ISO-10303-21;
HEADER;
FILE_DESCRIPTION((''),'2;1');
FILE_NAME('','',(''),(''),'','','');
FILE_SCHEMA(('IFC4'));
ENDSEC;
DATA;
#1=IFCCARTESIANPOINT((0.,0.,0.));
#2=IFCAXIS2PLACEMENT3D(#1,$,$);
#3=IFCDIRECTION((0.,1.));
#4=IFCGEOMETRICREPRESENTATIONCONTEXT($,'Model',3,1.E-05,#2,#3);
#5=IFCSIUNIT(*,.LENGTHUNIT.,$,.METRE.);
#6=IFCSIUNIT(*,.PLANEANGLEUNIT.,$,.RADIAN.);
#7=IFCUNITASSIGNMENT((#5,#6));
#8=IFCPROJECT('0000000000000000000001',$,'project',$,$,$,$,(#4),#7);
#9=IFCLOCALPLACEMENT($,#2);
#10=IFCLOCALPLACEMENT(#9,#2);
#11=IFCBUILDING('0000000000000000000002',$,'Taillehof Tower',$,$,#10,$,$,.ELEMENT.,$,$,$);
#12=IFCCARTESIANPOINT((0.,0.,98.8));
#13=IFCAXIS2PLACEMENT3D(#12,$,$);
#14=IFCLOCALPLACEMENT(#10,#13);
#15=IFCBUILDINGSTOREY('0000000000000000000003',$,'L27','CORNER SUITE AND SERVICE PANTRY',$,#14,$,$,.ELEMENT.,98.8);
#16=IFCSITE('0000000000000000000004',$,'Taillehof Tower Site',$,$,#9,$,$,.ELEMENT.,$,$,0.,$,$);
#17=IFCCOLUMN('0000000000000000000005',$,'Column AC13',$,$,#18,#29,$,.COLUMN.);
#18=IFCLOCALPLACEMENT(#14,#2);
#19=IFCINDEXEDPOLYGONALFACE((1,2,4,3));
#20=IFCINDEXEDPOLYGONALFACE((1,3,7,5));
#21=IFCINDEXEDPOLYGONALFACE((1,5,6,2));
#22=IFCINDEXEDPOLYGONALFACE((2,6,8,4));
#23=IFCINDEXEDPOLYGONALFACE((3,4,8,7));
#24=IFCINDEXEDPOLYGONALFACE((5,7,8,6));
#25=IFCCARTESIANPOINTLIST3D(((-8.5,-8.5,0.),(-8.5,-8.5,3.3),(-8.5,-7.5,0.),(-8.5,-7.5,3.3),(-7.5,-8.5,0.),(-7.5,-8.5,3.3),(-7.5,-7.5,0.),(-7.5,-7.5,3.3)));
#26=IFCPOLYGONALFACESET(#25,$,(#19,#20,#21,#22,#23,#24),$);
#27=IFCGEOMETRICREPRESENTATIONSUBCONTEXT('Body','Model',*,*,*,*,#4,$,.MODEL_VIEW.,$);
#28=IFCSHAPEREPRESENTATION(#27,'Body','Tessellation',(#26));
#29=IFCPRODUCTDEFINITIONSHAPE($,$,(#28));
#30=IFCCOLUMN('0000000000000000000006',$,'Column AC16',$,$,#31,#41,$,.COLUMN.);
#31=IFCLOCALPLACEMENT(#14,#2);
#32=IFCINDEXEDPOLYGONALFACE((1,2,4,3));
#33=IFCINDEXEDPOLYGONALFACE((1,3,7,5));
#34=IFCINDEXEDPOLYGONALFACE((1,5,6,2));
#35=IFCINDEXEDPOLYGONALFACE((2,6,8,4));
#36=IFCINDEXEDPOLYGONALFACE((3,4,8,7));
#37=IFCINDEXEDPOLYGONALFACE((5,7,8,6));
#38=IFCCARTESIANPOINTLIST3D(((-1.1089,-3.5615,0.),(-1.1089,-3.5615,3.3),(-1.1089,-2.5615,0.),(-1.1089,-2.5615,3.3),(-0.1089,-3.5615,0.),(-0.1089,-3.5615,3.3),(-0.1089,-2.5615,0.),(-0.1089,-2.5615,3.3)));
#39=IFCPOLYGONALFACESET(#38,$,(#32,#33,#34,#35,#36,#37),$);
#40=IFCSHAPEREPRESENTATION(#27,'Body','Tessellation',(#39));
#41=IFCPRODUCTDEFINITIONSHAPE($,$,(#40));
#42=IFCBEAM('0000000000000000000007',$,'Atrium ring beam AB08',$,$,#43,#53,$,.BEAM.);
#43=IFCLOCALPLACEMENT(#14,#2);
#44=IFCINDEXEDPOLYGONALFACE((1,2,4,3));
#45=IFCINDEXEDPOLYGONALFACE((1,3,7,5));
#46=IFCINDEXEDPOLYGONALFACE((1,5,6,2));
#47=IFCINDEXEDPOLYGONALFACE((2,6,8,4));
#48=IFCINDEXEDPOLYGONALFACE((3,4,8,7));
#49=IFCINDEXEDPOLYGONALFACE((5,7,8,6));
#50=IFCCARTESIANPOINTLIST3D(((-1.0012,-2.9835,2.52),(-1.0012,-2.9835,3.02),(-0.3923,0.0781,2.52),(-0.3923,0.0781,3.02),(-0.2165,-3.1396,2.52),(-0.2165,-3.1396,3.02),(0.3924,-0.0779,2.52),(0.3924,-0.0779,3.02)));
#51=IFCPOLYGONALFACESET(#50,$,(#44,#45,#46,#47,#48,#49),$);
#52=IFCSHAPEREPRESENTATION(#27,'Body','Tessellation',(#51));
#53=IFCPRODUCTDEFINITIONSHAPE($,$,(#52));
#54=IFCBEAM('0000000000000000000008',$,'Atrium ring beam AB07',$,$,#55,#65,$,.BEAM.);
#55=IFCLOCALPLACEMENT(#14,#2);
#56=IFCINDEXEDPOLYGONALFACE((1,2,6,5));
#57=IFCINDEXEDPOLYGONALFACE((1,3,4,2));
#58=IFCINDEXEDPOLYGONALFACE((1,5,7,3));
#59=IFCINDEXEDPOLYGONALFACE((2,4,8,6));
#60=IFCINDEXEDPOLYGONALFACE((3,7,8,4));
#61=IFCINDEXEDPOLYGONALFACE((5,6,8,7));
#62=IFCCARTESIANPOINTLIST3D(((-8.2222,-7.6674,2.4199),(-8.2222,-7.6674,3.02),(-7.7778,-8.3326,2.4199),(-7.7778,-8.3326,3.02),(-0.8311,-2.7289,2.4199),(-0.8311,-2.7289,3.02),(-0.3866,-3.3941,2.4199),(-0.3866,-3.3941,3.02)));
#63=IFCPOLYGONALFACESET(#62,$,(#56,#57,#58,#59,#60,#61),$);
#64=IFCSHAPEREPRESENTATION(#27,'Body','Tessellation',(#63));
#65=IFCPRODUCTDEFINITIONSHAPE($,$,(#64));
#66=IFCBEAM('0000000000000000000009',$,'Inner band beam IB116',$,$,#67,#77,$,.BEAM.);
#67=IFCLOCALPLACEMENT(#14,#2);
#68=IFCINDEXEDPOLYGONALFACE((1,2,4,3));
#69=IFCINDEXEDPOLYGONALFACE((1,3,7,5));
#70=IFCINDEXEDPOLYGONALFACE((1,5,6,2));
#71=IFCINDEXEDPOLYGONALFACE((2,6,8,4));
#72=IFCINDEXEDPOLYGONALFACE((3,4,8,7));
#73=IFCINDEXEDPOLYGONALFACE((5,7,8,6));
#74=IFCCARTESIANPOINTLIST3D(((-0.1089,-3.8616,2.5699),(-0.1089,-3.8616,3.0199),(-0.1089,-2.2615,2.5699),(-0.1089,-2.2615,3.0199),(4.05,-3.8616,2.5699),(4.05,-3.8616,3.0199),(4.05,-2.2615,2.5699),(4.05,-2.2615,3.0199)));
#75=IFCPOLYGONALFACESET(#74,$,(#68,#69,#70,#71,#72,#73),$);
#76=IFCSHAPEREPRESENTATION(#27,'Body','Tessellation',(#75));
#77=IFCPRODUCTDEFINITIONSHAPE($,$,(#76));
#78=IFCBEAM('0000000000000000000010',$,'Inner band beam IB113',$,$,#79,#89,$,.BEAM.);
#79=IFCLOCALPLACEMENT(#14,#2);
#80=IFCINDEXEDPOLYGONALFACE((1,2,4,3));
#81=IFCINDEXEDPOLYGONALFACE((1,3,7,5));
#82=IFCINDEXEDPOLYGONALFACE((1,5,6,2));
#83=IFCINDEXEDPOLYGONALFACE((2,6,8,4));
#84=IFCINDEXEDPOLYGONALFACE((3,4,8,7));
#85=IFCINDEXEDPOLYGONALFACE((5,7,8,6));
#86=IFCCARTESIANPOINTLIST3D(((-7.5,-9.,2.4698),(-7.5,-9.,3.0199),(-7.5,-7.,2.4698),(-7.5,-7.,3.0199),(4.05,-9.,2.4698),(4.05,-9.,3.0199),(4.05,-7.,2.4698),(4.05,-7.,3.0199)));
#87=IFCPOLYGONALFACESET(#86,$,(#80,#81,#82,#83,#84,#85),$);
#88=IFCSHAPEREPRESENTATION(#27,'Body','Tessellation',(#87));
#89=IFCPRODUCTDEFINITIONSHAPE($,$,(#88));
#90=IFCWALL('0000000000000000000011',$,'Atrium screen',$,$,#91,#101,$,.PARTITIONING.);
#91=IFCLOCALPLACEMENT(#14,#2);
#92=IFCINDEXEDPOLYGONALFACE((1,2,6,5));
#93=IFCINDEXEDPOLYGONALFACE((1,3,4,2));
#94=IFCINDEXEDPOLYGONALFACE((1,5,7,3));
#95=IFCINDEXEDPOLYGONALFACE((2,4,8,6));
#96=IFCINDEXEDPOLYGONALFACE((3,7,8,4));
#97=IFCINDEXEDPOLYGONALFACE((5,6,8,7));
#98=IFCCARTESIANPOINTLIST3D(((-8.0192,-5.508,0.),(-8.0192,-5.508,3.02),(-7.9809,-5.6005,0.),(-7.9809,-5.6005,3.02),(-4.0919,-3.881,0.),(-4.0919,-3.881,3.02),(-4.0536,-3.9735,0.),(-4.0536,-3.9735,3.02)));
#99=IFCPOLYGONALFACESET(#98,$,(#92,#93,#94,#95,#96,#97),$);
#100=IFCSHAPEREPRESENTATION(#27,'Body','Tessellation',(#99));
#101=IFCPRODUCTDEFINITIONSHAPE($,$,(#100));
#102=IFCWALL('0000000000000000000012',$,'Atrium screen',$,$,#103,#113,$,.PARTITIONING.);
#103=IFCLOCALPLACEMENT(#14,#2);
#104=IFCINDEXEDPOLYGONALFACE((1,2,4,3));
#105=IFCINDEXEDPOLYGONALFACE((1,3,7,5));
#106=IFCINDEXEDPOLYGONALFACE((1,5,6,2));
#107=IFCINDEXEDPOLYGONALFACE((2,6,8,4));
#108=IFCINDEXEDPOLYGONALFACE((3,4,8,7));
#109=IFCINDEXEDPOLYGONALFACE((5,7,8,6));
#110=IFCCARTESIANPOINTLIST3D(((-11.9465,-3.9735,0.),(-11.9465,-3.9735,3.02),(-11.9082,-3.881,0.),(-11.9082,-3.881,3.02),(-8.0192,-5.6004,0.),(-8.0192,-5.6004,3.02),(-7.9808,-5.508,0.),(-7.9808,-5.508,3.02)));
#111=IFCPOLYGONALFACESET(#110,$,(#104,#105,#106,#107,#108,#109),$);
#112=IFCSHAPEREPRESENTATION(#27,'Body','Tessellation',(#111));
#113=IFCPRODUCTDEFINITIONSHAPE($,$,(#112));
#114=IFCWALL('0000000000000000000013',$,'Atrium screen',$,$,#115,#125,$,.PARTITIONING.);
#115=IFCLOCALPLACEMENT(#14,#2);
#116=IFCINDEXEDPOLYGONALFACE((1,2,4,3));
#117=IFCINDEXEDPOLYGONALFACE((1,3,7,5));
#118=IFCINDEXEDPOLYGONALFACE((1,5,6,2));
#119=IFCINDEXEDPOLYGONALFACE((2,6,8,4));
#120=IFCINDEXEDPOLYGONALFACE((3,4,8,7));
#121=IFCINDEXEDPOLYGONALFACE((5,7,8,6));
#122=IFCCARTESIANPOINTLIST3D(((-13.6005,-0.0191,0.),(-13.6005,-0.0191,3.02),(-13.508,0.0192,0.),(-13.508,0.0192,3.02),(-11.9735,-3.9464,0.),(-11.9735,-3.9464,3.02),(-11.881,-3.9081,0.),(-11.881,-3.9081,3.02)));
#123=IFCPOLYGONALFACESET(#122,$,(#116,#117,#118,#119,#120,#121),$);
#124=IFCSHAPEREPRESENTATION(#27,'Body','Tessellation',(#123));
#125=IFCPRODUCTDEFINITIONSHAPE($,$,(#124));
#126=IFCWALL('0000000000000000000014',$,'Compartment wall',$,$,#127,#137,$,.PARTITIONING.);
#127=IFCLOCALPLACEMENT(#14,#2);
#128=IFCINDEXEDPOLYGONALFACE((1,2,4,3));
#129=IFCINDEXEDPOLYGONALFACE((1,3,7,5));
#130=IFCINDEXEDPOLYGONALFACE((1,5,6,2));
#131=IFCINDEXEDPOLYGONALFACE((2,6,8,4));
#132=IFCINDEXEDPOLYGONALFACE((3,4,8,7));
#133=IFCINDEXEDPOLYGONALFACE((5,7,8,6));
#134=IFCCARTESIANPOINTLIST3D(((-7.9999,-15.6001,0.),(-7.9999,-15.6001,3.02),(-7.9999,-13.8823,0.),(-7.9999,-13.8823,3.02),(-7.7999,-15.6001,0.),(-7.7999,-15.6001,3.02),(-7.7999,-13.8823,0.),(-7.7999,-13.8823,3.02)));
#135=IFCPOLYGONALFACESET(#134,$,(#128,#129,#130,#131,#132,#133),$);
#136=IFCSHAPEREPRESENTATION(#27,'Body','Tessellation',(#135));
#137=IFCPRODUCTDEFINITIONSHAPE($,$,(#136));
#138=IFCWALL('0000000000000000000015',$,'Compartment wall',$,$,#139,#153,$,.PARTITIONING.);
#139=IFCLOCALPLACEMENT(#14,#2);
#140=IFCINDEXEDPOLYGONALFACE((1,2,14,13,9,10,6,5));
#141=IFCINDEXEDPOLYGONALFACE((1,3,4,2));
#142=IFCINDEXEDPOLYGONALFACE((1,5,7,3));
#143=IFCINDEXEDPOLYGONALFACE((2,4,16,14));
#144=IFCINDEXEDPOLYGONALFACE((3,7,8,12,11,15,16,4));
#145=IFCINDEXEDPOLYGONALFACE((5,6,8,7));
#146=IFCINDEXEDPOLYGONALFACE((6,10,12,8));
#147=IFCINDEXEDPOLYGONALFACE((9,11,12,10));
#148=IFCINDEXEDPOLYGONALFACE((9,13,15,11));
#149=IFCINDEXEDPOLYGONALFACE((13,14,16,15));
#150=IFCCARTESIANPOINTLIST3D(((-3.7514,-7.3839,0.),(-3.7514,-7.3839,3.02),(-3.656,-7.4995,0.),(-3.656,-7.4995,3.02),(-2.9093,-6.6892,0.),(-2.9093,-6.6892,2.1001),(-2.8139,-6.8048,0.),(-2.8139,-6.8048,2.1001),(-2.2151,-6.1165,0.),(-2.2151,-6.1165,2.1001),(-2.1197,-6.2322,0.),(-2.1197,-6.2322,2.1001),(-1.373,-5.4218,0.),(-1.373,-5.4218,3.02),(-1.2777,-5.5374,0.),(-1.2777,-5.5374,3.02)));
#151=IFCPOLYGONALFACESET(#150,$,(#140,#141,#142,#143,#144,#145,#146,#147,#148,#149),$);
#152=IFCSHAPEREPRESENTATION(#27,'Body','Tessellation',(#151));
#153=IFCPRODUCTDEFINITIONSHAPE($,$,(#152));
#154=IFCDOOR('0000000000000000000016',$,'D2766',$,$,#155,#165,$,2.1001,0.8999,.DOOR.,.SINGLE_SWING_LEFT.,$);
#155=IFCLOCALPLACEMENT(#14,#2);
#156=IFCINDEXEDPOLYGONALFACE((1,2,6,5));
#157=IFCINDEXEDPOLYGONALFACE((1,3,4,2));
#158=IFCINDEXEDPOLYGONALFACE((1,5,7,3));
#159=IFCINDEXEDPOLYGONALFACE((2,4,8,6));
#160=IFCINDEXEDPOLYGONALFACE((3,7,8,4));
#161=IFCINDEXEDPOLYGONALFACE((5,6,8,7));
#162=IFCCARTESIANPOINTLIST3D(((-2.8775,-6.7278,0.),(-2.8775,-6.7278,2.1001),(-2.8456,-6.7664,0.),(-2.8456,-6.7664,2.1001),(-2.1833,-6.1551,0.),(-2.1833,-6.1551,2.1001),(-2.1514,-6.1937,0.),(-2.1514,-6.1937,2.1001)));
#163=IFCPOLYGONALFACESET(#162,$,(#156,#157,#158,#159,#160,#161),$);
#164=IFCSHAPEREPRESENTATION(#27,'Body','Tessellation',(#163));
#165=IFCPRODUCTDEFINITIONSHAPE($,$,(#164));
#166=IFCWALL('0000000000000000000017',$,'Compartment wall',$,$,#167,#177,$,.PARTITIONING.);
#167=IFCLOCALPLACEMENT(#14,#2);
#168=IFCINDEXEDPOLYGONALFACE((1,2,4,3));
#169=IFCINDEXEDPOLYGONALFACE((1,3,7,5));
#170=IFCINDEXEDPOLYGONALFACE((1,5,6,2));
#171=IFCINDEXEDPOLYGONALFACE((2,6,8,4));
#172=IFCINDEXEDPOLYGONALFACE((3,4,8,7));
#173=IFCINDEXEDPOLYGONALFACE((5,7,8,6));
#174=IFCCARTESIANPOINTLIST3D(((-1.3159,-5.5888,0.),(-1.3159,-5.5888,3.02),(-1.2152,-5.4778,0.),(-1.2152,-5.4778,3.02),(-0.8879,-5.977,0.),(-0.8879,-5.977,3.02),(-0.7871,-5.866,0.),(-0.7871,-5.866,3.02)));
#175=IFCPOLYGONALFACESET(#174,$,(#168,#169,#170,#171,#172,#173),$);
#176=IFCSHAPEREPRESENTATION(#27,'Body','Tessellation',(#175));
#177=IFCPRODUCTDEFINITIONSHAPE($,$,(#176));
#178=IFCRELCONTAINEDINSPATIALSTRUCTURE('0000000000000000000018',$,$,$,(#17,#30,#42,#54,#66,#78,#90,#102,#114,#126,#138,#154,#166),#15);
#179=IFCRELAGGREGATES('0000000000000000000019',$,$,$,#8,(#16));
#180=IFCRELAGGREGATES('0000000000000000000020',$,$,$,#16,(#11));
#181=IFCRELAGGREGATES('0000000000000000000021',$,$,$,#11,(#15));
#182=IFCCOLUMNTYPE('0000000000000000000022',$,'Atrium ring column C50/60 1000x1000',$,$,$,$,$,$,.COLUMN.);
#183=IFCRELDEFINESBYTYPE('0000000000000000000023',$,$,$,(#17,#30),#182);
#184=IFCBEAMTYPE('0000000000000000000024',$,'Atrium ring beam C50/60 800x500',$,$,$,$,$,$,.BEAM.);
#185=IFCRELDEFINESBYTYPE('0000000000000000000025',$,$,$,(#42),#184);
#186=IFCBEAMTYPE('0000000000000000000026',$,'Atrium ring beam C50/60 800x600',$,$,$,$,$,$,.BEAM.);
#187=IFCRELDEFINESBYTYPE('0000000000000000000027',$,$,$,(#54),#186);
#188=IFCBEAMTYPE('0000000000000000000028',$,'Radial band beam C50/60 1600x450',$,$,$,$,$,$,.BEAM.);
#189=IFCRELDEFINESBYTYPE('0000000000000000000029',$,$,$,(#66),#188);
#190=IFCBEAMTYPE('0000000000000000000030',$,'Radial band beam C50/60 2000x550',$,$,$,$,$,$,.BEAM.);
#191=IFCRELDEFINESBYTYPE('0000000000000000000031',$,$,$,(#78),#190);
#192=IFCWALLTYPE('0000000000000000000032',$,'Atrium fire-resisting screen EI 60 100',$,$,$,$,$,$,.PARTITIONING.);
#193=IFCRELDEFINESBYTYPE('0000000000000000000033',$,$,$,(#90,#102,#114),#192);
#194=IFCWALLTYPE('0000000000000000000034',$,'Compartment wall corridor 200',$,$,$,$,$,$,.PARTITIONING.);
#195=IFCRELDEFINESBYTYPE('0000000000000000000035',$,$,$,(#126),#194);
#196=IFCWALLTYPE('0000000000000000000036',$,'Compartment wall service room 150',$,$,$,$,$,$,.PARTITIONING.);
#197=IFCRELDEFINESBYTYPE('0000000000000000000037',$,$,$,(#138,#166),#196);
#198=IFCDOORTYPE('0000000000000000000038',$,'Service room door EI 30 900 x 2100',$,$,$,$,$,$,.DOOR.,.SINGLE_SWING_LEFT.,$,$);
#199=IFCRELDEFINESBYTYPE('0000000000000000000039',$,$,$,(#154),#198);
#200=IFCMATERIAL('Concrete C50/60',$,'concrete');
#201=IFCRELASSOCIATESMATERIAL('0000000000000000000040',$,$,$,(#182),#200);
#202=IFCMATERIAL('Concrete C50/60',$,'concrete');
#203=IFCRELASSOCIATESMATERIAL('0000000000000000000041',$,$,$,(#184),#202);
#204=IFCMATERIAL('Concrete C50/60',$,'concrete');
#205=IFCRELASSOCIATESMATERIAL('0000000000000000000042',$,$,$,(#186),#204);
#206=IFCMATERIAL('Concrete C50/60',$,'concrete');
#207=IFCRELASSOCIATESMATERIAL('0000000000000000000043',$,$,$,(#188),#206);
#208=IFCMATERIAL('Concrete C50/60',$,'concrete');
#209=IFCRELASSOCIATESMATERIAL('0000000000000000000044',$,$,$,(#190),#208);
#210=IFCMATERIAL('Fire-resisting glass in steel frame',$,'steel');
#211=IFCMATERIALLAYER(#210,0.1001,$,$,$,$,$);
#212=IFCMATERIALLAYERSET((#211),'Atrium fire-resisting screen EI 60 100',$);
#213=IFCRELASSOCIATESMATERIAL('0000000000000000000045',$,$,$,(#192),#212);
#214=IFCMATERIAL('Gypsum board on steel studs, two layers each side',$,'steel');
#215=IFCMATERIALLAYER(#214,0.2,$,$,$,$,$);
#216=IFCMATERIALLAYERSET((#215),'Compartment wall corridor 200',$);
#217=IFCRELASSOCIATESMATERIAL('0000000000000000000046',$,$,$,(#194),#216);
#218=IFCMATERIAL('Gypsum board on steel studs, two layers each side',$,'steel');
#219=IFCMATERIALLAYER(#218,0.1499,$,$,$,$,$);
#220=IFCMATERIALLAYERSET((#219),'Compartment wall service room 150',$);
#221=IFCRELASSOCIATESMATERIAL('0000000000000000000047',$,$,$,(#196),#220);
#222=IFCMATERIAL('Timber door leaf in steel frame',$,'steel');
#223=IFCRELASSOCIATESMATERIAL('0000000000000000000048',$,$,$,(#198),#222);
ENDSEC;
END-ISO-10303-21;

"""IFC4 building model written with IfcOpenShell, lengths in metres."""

from ifc_helpers import new_model, si_unit, direction, frame, frame_2d, origin, origin_2d, place, context, subcontext, project, spatial, rectangle, extrude, material, layer, layer_set, material_profile, profile_set, type_object, element, fill, save


model = new_model("IFC4")

# Units and contexts
model_context = context("Model", 3, precision=1e-05, world=origin(), true_north=direction((0.0, 1.0)))
body_context = subcontext(model_context, "Body", "Model", "MODEL_VIEW")
ifc_project = project(units=[si_unit("LENGTHUNIT", "METRE"), si_unit("PLANEANGLEUNIT", "RADIAN")], contexts=[model_context])

# Site, building, storey
site_placement = place(None, origin())
site = spatial("IfcSite", under=ifc_project, at=site_placement, Name="Taillehof Tower Site", CompositionType="ELEMENT", RefElevation=0.0)
building_placement = place(site_placement, origin())
building = spatial("IfcBuilding", under=site, at=building_placement, Name="Taillehof Tower", CompositionType="ELEMENT")
storey_placement = place(building_placement, frame((0.0, 0.0, 98.8)))
storey = spatial("IfcBuildingStorey", under=building, at=storey_placement, Name="L27", Description="CORNER SUITE AND SERVICE PANTRY", CompositionType="ELEMENT", Elevation=98.8)

# Columns
ifc_material_1 = material(Name="Concrete C50/60", Category="concrete")
ifc_material_profile_1 = material_profile(ifc_material_1, rectangle(XDim=1.0, YDim=1.0, at=origin_2d()), Name="RC 1000x1000")
ifc_profile_set_1 = profile_set([ifc_material_profile_1], Name="Concrete C50/60")
column_type = type_object("IfcColumnType", Name="Atrium ring column C50/60 1000x1000", PredefinedType="COLUMN", material=ifc_profile_set_1)
for number, where, z_axis, x_axis, name in (
    (1, (-8.0, -8.0, 0.0), (0.0, 0.0, 1.0), (1.0, 0.0, 0.0), "Column AC13"),
    (2, (-0.6089, -3.0615, 0.0), (0.0, 0.0, 1.0), (1.0, 0.0, 0.0), "Column AC16"),
):
    element("IfcColumn", number, at=place(storey_placement, frame(where, z_axis=z_axis, x_axis=x_axis)), inside=storey, type_object=column_type, Name=name, PredefinedType="COLUMN", context=body_context, shape_type="SweptSolid", body=[
        extrude(rectangle(XDim=1.0, YDim=1.0, at=origin_2d()), origin(), (0.0, 0.0, 1.0), 3.3),
    ])

# Beams
ifc_material_2 = material(Name="Concrete C50/60", Category="concrete")
ifc_material_profile_2 = material_profile(ifc_material_2, rectangle(XDim=0.8, YDim=0.5, at=origin_2d()), Name="RC 800x500")
ifc_profile_set_2 = profile_set([ifc_material_profile_2], Name="Concrete C50/60")
beam_type_1 = type_object("IfcBeamType", Name="Atrium ring beam C50/60 800x500", PredefinedType="BEAM", material=ifc_profile_set_2)
beam_1_placement = place(storey_placement, frame((-0.6089, -3.0615, 2.77), z_axis=(0.195063, 0.980791, 0.0), x_axis=(-0.980791, 0.195063, 0.0)))
element("IfcBeam", 3, at=beam_1_placement, inside=storey, type_object=beam_type_1, Name="Atrium ring beam AB08", PredefinedType="BEAM", context=body_context, shape_type="SweptSolid", body=[
    extrude(rectangle(XDim=0.8, YDim=0.5, at=origin_2d()), origin(), (0.0, 0.0, 1.0), 3.1216),
])
ifc_material_3 = material(Name="Concrete C50/60", Category="concrete")
ifc_material_profile_3 = material_profile(ifc_material_3, rectangle(XDim=0.8, YDim=0.6001, at=origin_2d()), Name="RC 800x600")
ifc_profile_set_3 = profile_set([ifc_material_profile_3], Name="Concrete C50/60")
beam_type_2 = type_object("IfcBeamType", Name="Atrium ring beam C50/60 800x600", PredefinedType="BEAM", material=ifc_profile_set_3)
beam_2_placement = place(storey_placement, frame((-8.0, -8.0, 2.72), z_axis=(0.831475, 0.555562, 0.0), x_axis=(-0.555562, 0.831475, 0.0)))
element("IfcBeam", 4, at=beam_2_placement, inside=storey, type_object=beam_type_2, Name="Atrium ring beam AB07", PredefinedType="BEAM", context=body_context, shape_type="SweptSolid", body=[
    extrude(rectangle(XDim=0.8, YDim=0.6001, at=origin_2d()), origin(), (0.0, 0.0, 1.0), 8.8892),
])
ifc_material_4 = material(Name="Concrete C50/60", Category="concrete")
ifc_material_profile_4 = material_profile(ifc_material_4, rectangle(XDim=1.6001, YDim=0.45, at=origin_2d()), Name="RC 1600x450")
ifc_profile_set_4 = profile_set([ifc_material_profile_4], Name="Concrete C50/60")
beam_type_3 = type_object("IfcBeamType", Name="Radial band beam C50/60 1600x450", PredefinedType="BEAM", material=ifc_profile_set_4)
beam_3_placement = place(storey_placement, frame((-0.1089, -3.0615, 2.7949), z_axis=(1.0, 0.0, 0.0), x_axis=(0.0, 1.0, 0.0)))
element("IfcBeam", 5, at=beam_3_placement, inside=storey, type_object=beam_type_3, Name="Inner band beam IB116", PredefinedType="BEAM", context=body_context, shape_type="SweptSolid", body=[
    extrude(rectangle(XDim=1.6001, YDim=0.45, at=origin_2d()), origin(), (0.0, 0.0, 1.0), 4.1589),
])
ifc_material_5 = material(Name="Concrete C50/60", Category="concrete")
ifc_material_profile_5 = material_profile(ifc_material_5, rectangle(XDim=2.0, YDim=0.55, at=origin_2d()), Name="RC 2000x550")
ifc_profile_set_5 = profile_set([ifc_material_profile_5], Name="Concrete C50/60")
beam_type_4 = type_object("IfcBeamType", Name="Radial band beam C50/60 2000x550", PredefinedType="BEAM", material=ifc_profile_set_5)
beam_4_placement = place(storey_placement, frame((-7.5, -8.0, 2.7449), z_axis=(1.0, 0.0, 0.0), x_axis=(0.0, 1.0, 0.0)))
element("IfcBeam", 6, at=beam_4_placement, inside=storey, type_object=beam_type_4, Name="Inner band beam IB113", PredefinedType="BEAM", context=body_context, shape_type="SweptSolid", body=[
    extrude(rectangle(XDim=2.0, YDim=0.55, at=origin_2d()), origin(), (0.0, 0.0, 1.0), 11.55),
])

# Walls
ifc_material_6 = material(Name="Fire-resisting glass in steel frame", Category="steel")
ifc_layer_1 = layer(ifc_material_6, 0.1001)
ifc_layer_set_1 = layer_set([ifc_layer_1], Name="Atrium fire-resisting screen EI 60 100")
wall_type_1 = type_object("IfcWallType", Name="Atrium fire-resisting screen EI 60 100", PredefinedType="PARTITIONING", material=ifc_layer_set_1)
for number, where, z_axis, x_axis, name in (
    (7, (-4.0728, -3.9272, 0.0), (0.0, 0.0, 1.0), (-0.92386, -0.382731, 0.0), "Atrium screen"),
    (8, (-8.0, -5.5542, 0.0), (0.0, 0.0, 1.0), (-0.92386, 0.382731, 0.0), "Atrium screen"),
    (9, (-11.9272, -3.9272, 0.0), (0.0, 0.0, 1.0), (-0.382731, 0.92386, 0.0), "Atrium screen"),
):
    element("IfcWall", number, at=place(storey_placement, frame(where, z_axis=z_axis, x_axis=x_axis)), inside=storey, type_object=wall_type_1, Name=name, PredefinedType="PARTITIONING", context=body_context, shape_type="SweptSolid", body=[
        extrude(rectangle(XDim=4.251, YDim=0.1001, at=frame_2d((2.1255, 0.0))), origin(), (0.0, 0.0, 1.0), 3.02),
    ])
ifc_material_7 = material(Name="Gypsum board on steel studs, two layers each side", Category="steel")
ifc_layer_2 = layer(ifc_material_7, 0.2)
ifc_layer_set_2 = layer_set([ifc_layer_2], Name="Compartment wall corridor 200")
wall_type_2 = type_object("IfcWallType", Name="Compartment wall corridor 200", PredefinedType="PARTITIONING", material=ifc_layer_set_2)
wall_1_placement = place(storey_placement, frame((-7.8999, -13.8823, 0.0), z_axis=(0.0, 0.0, 1.0), x_axis=(0.0, -1.0, 0.0)))
element("IfcWall", 10, at=wall_1_placement, inside=storey, type_object=wall_type_2, Name="Compartment wall", PredefinedType="PARTITIONING", context=body_context, shape_type="SweptSolid", body=[
    extrude(rectangle(XDim=1.7178, YDim=0.2, at=frame_2d((0.8589, 0.0))), origin(), (0.0, 0.0, 1.0), 3.02),
])

# Wall, opening, door
ifc_material_8 = material(Name="Gypsum board on steel studs, two layers each side", Category="steel")
ifc_layer_3 = layer(ifc_material_8, 0.1499)
ifc_layer_set_3 = layer_set([ifc_layer_3], Name="Compartment wall service room 150")
wall_type_3 = type_object("IfcWallType", Name="Compartment wall service room 150", PredefinedType="PARTITIONING", material=ifc_layer_set_3)
wall_2_placement = place(storey_placement, frame((-3.7036, -7.4417, 0.0), z_axis=(0.0, 0.0, 1.0), x_axis=(0.771379, 0.636376, 0.0)))
wall_2 = element("IfcWall", 11, at=wall_2_placement, inside=storey, type_object=wall_type_3, Name="Compartment wall", PredefinedType="PARTITIONING", context=body_context, shape_type="SweptSolid", body=[
    extrude(rectangle(XDim=3.0833, YDim=0.1499, at=frame_2d((1.5415, 0.0))), origin(), (0.0, 0.0, 1.0), 3.02),
])
opening_1_placement = place(wall_2_placement, frame((1.0916, 0.0, 0.0)))
opening_1 = element("IfcOpeningElement", 12, at=opening_1_placement, cuts=wall_2, PredefinedType="OPENING", context=body_context, shape_type="SweptSolid", body=[
    extrude(rectangle(XDim=0.8999, YDim=2.1001, at=frame_2d((0.45, 1.05))), frame((0.0, 0.085, 0.0), z_axis=(0.0, -1.0, 0.0), x_axis=(1.0, 0.0, 0.0)), (0.0, 0.0, 1.0), 0.1699),
])
ifc_material_9 = material(Name="Timber door leaf in steel frame", Category="steel")
door_type_1 = type_object("IfcDoorType", Name="Service room door EI 30 900 x 2100", OperationType="SINGLE_SWING_LEFT", PredefinedType="DOOR", material=ifc_material_9)
door_1_placement = place(opening_1_placement, origin())
door_1 = element("IfcDoor", 13, at=door_1_placement, inside=storey, type_object=door_type_1, Name="D2766", OperationType="SINGLE_SWING_LEFT", OverallHeight=2.1001, OverallWidth=0.8999, PredefinedType="DOOR", context=body_context, shape_type="SweptSolid", body=[
    extrude(rectangle(XDim=0.8999, YDim=2.1001, at=frame_2d((0.45, 1.05))), frame((0.0, 0.0249, 0.0), z_axis=(0.0, -1.0, 0.0), x_axis=(1.0, 0.0, 0.0)), (0.0, 0.0, 1.0), 0.05),
])
fill(opening_1, door_1)

# Wall
wall_3_placement = place(storey_placement, frame((-1.2656, -5.5332, 0.0), z_axis=(0.0, 0.0, 1.0), x_axis=(0.740704, -0.671831, 0.0)))
element("IfcWall", 14, at=wall_3_placement, inside=storey, type_object=wall_type_3, Name="Compartment wall", PredefinedType="PARTITIONING", context=body_context, shape_type="SweptSolid", body=[
    extrude(rectangle(XDim=0.5779, YDim=0.1499, at=frame_2d((0.2891, 0.0))), origin(), (0.0, 0.0, 1.0), 3.02),
])

save(model, "model.ifc")
